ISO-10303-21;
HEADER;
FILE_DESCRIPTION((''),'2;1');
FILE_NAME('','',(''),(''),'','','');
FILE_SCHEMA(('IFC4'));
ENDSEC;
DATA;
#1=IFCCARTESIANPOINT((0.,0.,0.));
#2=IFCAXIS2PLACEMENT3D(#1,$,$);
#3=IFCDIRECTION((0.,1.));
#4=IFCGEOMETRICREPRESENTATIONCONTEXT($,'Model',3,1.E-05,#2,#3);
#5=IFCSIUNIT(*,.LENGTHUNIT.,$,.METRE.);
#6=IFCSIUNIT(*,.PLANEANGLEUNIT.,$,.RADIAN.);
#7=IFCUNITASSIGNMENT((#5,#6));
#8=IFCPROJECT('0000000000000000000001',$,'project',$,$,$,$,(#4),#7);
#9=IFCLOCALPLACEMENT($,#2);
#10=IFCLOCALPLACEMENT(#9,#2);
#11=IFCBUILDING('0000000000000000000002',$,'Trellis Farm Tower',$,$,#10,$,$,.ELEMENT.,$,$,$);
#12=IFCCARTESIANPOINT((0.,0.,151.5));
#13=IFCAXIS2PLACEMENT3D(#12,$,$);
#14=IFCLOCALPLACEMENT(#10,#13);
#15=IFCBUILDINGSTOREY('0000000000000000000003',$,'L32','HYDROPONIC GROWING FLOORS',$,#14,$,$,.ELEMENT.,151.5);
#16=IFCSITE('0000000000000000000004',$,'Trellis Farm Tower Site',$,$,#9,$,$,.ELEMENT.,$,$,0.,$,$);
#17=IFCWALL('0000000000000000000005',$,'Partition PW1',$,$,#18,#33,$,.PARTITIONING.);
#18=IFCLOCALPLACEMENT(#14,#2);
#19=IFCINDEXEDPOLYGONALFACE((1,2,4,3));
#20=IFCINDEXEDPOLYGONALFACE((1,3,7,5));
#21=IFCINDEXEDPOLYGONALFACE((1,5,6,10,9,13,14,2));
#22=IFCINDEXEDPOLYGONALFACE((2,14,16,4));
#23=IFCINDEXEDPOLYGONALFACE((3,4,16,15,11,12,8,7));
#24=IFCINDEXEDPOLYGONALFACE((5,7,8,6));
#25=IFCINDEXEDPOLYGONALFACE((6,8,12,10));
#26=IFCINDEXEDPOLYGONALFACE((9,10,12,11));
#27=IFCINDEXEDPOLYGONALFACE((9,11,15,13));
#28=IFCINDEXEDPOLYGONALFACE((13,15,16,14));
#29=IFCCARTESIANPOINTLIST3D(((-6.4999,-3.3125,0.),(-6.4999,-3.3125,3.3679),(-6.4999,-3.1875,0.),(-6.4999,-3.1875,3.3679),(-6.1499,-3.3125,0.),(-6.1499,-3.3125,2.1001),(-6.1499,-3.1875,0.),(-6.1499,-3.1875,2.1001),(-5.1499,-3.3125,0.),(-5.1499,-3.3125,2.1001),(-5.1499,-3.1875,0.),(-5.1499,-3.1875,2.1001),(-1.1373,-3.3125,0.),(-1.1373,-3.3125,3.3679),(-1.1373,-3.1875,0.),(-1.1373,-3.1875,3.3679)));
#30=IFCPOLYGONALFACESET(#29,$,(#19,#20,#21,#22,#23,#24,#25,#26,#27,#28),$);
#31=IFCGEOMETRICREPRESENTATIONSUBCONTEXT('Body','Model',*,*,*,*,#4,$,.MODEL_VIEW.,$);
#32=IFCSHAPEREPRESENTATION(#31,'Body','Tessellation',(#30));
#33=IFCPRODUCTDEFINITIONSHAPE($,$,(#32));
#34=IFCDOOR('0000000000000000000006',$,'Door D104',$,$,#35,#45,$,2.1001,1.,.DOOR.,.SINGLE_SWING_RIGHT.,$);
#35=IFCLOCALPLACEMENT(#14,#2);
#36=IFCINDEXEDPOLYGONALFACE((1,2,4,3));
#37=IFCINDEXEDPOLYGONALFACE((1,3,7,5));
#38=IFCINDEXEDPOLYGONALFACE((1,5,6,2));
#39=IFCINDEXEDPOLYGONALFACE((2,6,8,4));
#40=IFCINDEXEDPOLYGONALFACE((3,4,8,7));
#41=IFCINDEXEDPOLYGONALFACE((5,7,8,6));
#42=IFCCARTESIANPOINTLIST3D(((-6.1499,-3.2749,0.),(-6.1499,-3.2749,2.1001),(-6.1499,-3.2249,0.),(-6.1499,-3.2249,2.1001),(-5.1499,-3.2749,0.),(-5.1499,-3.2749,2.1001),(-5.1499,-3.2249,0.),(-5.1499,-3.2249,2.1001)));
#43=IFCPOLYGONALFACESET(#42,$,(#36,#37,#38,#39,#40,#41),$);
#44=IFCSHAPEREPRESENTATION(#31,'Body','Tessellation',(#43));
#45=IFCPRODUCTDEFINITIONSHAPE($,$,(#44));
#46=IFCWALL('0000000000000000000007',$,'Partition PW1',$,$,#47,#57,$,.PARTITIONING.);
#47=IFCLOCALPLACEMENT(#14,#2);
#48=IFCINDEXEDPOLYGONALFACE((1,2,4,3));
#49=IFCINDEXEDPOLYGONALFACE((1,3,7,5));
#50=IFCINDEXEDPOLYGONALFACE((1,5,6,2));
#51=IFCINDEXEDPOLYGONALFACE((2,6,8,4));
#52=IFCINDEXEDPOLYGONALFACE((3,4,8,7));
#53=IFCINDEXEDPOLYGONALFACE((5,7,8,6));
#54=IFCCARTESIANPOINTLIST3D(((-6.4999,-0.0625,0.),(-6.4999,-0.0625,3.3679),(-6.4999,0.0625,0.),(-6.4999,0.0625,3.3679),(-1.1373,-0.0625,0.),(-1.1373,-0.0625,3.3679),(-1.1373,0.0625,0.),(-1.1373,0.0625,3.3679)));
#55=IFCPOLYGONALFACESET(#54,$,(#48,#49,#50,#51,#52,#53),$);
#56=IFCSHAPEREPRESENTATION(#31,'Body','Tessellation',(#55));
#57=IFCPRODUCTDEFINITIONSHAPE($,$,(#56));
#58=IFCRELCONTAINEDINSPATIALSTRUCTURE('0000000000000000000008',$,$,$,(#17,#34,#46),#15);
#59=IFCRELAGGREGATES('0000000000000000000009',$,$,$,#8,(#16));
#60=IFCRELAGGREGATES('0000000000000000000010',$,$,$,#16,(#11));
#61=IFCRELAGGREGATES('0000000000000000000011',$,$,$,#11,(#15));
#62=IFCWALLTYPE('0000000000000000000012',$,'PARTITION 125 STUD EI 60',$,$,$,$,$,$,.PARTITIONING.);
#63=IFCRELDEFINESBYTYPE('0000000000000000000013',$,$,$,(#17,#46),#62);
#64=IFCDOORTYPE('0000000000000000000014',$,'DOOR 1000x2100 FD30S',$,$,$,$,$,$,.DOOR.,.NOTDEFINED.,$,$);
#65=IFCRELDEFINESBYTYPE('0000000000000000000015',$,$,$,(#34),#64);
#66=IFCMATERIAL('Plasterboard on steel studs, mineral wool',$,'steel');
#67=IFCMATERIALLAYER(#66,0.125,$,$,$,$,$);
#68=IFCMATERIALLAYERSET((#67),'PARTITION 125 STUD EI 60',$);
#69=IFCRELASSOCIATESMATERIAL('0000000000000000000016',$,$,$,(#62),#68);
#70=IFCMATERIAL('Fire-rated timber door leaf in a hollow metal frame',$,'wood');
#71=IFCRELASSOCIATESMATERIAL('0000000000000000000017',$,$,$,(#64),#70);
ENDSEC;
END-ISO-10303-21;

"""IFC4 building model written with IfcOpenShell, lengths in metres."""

from ifc_helpers import new_model, si_unit, direction, frame, frame_2d, origin, place, context, subcontext, project, spatial, rectangle, extrude, source, transform, mapped, material, layer, layer_set, type_object, element, fill, save


model = new_model("IFC4")

# Units and contexts
model_context = context("Model", 3, precision=1e-05, world=origin(), true_north=direction((0.0, 1.0)))
body_context = subcontext(model_context, "Body", "Model", "MODEL_VIEW")
ifc_project = project(units=[si_unit("LENGTHUNIT", "METRE"), si_unit("PLANEANGLEUNIT", "RADIAN")], contexts=[model_context])

# Site, building, storey
site_placement = place(None, origin())
site = spatial("IfcSite", under=ifc_project, at=site_placement, Name="Trellis Farm Tower Site", CompositionType="ELEMENT", RefElevation=0.0)
building_placement = place(site_placement, origin())
building = spatial("IfcBuilding", under=site, at=building_placement, Name="Trellis Farm Tower", CompositionType="ELEMENT")
storey_placement = place(building_placement, frame((0.0, 0.0, 151.5)))
storey = spatial("IfcBuildingStorey", under=building, at=storey_placement, Name="L32", Description="HYDROPONIC GROWING FLOORS", CompositionType="ELEMENT", Elevation=151.5)

# Shared definitions
ifc_material_1 = material(Name="Plasterboard on steel studs, mineral wool", Category="steel")
ifc_layer_1 = layer(ifc_material_1, 0.125)
ifc_layer_set_1 = layer_set([ifc_layer_1], Name="PARTITION 125 STUD EI 60")
wall_type = type_object("IfcWallType", Name="PARTITION 125 STUD EI 60", PredefinedType="PARTITIONING", material=ifc_layer_set_1)

# Wall, opening, door
shared_shape_1 = source(origin(), body_context, "Body", "SweptSolid", [
    extrude(rectangle(XDim=5.3625, YDim=0.125, at=frame_2d((2.6812, 0.0))), origin(), (0.0, 0.0, 1.0), 3.3679),
])
wall_1_placement = place(storey_placement, frame((-1.1375, -3.25, 0.0), z_axis=(0.0, 0.0, 1.0), x_axis=(-1.0, 0.0, 0.0)))
wall_1 = element("IfcWall", 1, at=wall_1_placement, inside=storey, type_object=wall_type, Name="Partition PW1", PredefinedType="PARTITIONING", context=body_context, shape_type="MappedRepresentation", body=[
    mapped(shared_shape_1, transform((0.0, 0.0, 0.0))),
])
shared_shape_2 = source(origin(), body_context, "Body", "SweptSolid", [
    extrude(rectangle(XDim=1.0, YDim=2.1001, at=frame_2d((0.5, 1.05))), frame((0.0, 0.0725, 0.0), z_axis=(0.0, -1.0, 0.0), x_axis=(1.0, 0.0, 0.0)), (0.0, 0.0, 1.0), 0.145),
])
opening_placement = place(wall_1_placement, frame((4.0125, 0.0, 0.0)))
opening = element("IfcOpeningElement", 2, at=opening_placement, cuts=wall_1, PredefinedType="OPENING", context=body_context, shape_type="MappedRepresentation", body=[
    mapped(shared_shape_2, transform((0.0, 0.0, 0.0))),
])
ifc_material_2 = material(Name="Fire-rated timber door leaf in a hollow metal frame", Category="wood")
door_type = type_object("IfcDoorType", Name="DOOR 1000x2100 FD30S", OperationType="NOTDEFINED", PredefinedType="DOOR", material=ifc_material_2)
shared_shape_3 = source(origin(), body_context, "Body", "SweptSolid", [
    extrude(rectangle(XDim=1.0, YDim=2.1001, at=frame_2d((0.5, 1.05))), frame((0.0, 0.0249, 0.0), z_axis=(0.0, -1.0, 0.0), x_axis=(1.0, 0.0, 0.0)), (0.0, 0.0, 1.0), 0.05),
])
door_placement = place(opening_placement, origin())
door = element("IfcDoor", 3, at=door_placement, inside=storey, type_object=door_type, Name="Door D104", OperationType="SINGLE_SWING_RIGHT", OverallHeight=2.1001, OverallWidth=1.0, PredefinedType="DOOR", context=body_context, shape_type="MappedRepresentation", body=[
    mapped(shared_shape_3, transform((0.0, 0.0, 0.0))),
])
fill(opening, door)

# Wall
wall_2_placement = place(storey_placement, frame((-1.1375, 0.0, 0.0), z_axis=(0.0, 0.0, 1.0), x_axis=(-1.0, 0.0, 0.0)))
element("IfcWall", 4, at=wall_2_placement, inside=storey, type_object=wall_type, Name="Partition PW1", PredefinedType="PARTITIONING", context=body_context, shape_type="MappedRepresentation", body=[
    mapped(shared_shape_1, transform((0.0, 0.0, 0.0))),
])

save(model, "model.ifc")
